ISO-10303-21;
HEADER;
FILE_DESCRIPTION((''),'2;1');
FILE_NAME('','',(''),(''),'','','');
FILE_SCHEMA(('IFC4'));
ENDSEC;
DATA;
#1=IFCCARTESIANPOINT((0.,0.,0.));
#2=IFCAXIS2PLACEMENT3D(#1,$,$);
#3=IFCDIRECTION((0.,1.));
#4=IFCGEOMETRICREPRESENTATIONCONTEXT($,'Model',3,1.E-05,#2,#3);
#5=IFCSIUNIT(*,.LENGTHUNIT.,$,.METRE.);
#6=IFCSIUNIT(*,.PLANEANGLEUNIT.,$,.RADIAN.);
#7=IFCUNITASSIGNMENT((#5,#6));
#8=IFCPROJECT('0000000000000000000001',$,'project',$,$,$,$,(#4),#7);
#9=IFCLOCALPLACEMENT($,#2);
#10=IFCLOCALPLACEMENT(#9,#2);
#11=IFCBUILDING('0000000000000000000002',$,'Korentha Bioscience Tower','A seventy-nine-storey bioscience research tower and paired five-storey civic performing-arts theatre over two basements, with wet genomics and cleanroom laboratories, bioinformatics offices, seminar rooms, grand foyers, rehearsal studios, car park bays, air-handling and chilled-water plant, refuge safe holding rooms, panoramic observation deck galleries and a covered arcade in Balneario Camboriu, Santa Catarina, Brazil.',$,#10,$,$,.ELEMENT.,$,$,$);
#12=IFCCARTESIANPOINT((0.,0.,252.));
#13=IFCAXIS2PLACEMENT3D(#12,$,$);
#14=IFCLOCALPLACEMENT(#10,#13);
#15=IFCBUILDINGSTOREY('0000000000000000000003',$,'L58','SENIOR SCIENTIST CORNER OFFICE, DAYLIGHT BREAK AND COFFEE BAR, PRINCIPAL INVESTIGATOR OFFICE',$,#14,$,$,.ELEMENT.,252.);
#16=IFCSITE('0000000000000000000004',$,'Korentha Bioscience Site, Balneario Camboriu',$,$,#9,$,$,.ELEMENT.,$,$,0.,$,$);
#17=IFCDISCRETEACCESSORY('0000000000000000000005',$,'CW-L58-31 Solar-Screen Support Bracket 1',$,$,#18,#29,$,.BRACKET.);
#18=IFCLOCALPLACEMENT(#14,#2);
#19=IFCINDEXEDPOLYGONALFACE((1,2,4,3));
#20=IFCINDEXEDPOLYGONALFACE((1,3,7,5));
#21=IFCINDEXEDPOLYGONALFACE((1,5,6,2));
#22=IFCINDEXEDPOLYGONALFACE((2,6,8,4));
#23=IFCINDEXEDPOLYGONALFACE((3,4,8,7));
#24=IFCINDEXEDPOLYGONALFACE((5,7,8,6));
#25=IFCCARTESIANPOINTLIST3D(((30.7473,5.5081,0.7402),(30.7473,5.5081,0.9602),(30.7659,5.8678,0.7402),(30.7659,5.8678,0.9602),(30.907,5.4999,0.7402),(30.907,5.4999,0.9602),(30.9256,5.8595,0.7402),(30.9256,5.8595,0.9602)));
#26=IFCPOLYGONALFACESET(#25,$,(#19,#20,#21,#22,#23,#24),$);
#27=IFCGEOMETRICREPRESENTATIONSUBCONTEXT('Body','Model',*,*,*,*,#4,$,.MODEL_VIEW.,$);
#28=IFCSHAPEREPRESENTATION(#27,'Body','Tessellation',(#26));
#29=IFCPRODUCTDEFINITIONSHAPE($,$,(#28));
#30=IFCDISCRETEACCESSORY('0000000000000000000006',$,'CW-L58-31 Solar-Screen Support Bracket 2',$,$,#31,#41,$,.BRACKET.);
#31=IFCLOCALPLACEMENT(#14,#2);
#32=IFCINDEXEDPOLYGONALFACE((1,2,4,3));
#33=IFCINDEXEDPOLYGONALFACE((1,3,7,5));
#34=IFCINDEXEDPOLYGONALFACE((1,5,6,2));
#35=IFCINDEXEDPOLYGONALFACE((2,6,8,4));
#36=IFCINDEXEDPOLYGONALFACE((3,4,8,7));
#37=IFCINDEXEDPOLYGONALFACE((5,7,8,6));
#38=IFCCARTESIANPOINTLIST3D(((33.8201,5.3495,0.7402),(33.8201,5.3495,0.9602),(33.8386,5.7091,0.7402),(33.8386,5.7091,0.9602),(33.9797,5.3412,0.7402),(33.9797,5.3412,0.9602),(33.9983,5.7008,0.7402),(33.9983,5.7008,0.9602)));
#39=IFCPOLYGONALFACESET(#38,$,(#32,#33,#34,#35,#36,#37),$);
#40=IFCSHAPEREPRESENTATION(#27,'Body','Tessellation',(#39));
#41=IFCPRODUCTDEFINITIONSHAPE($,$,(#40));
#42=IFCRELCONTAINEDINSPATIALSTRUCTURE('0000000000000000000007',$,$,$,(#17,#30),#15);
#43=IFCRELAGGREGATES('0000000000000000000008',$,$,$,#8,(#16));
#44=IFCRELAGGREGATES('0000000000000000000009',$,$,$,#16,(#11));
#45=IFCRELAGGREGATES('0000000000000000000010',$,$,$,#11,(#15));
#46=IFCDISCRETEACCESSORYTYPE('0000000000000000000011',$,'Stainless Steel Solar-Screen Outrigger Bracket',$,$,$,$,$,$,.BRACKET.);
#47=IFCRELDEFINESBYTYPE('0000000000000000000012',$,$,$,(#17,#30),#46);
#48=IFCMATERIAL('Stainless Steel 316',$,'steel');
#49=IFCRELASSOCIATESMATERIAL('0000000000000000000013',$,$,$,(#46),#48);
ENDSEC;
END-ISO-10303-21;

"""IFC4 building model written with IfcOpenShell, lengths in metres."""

from ifc_helpers import new_model, si_unit, direction, frame, origin, origin_2d, place, context, subcontext, project, spatial, rectangle, extrude, material, type_object, element, save


model = new_model("IFC4")

# Units and contexts
model_context = context("Model", 3, precision=1e-05, world=origin(), true_north=direction((0.0, 1.0)))
body_context = subcontext(model_context, "Body", "Model", "MODEL_VIEW")
ifc_project = project(units=[si_unit("LENGTHUNIT", "METRE"), si_unit("PLANEANGLEUNIT", "RADIAN")], contexts=[model_context])

# Site, building, storey
site_placement = place(None, origin())
site = spatial("IfcSite", under=ifc_project, at=site_placement, Name="Korentha Bioscience Site, Balneario Camboriu", CompositionType="ELEMENT", RefElevation=0.0)
building_placement = place(site_placement, origin())
building = spatial("IfcBuilding", under=site, at=building_placement, Name="Korentha Bioscience Tower", Description="A seventy-nine-storey bioscience research tower and paired five-storey civic performing-arts theatre over two basements, with wet genomics and cleanroom laboratories, bioinformatics offices, seminar rooms, grand foyers, rehearsal studios, car park bays, air-handling and chilled-water plant, refuge safe holding rooms, panoramic observation deck galleries and a covered arcade in Balneario Camboriu, Santa Catarina, Brazil.", CompositionType="ELEMENT")
storey_placement = place(building_placement, frame((0.0, 0.0, 252.0)))
storey = spatial("IfcBuildingStorey", under=building, at=storey_placement, Name="L58", Description="SENIOR SCIENTIST CORNER OFFICE, DAYLIGHT BREAK AND COFFEE BAR, PRINCIPAL INVESTIGATOR OFFICE", CompositionType="ELEMENT", Elevation=252.0)

# Discrete accessories
ifc_material_1 = material(Name="Stainless Steel 316", Category="steel")
discrete_accessory_type = type_object("IfcDiscreteAccessoryType", Name="Stainless Steel Solar-Screen Outrigger Bracket", PredefinedType="BRACKET", material=ifc_material_1)
for number, where, z_axis, x_axis, name in (
    (1, (30.8364, 5.6838, 0.7402), (0.0, 0.0, 1.0), (0.998671, -0.051538, 0.0), "CW-L58-31 Solar-Screen Support Bracket 1"),
    (2, (33.9092, 5.5251, 0.7402), (0.0, 0.0, 1.0), (0.998671, -0.051538, 0.0), "CW-L58-31 Solar-Screen Support Bracket 2"),
):
    element("IfcDiscreteAccessory", number, at=place(storey_placement, frame(where, z_axis=z_axis, x_axis=x_axis)), inside=storey, type_object=discrete_accessory_type, Name=name, PredefinedType="BRACKET", context=body_context, shape_type="SweptSolid", body=[
        extrude(rectangle(XDim=0.1599, YDim=0.3601, at=origin_2d()), origin(), (0.0, 0.0, 1.0), 0.22),
    ])

save(model, "model.ifc")
